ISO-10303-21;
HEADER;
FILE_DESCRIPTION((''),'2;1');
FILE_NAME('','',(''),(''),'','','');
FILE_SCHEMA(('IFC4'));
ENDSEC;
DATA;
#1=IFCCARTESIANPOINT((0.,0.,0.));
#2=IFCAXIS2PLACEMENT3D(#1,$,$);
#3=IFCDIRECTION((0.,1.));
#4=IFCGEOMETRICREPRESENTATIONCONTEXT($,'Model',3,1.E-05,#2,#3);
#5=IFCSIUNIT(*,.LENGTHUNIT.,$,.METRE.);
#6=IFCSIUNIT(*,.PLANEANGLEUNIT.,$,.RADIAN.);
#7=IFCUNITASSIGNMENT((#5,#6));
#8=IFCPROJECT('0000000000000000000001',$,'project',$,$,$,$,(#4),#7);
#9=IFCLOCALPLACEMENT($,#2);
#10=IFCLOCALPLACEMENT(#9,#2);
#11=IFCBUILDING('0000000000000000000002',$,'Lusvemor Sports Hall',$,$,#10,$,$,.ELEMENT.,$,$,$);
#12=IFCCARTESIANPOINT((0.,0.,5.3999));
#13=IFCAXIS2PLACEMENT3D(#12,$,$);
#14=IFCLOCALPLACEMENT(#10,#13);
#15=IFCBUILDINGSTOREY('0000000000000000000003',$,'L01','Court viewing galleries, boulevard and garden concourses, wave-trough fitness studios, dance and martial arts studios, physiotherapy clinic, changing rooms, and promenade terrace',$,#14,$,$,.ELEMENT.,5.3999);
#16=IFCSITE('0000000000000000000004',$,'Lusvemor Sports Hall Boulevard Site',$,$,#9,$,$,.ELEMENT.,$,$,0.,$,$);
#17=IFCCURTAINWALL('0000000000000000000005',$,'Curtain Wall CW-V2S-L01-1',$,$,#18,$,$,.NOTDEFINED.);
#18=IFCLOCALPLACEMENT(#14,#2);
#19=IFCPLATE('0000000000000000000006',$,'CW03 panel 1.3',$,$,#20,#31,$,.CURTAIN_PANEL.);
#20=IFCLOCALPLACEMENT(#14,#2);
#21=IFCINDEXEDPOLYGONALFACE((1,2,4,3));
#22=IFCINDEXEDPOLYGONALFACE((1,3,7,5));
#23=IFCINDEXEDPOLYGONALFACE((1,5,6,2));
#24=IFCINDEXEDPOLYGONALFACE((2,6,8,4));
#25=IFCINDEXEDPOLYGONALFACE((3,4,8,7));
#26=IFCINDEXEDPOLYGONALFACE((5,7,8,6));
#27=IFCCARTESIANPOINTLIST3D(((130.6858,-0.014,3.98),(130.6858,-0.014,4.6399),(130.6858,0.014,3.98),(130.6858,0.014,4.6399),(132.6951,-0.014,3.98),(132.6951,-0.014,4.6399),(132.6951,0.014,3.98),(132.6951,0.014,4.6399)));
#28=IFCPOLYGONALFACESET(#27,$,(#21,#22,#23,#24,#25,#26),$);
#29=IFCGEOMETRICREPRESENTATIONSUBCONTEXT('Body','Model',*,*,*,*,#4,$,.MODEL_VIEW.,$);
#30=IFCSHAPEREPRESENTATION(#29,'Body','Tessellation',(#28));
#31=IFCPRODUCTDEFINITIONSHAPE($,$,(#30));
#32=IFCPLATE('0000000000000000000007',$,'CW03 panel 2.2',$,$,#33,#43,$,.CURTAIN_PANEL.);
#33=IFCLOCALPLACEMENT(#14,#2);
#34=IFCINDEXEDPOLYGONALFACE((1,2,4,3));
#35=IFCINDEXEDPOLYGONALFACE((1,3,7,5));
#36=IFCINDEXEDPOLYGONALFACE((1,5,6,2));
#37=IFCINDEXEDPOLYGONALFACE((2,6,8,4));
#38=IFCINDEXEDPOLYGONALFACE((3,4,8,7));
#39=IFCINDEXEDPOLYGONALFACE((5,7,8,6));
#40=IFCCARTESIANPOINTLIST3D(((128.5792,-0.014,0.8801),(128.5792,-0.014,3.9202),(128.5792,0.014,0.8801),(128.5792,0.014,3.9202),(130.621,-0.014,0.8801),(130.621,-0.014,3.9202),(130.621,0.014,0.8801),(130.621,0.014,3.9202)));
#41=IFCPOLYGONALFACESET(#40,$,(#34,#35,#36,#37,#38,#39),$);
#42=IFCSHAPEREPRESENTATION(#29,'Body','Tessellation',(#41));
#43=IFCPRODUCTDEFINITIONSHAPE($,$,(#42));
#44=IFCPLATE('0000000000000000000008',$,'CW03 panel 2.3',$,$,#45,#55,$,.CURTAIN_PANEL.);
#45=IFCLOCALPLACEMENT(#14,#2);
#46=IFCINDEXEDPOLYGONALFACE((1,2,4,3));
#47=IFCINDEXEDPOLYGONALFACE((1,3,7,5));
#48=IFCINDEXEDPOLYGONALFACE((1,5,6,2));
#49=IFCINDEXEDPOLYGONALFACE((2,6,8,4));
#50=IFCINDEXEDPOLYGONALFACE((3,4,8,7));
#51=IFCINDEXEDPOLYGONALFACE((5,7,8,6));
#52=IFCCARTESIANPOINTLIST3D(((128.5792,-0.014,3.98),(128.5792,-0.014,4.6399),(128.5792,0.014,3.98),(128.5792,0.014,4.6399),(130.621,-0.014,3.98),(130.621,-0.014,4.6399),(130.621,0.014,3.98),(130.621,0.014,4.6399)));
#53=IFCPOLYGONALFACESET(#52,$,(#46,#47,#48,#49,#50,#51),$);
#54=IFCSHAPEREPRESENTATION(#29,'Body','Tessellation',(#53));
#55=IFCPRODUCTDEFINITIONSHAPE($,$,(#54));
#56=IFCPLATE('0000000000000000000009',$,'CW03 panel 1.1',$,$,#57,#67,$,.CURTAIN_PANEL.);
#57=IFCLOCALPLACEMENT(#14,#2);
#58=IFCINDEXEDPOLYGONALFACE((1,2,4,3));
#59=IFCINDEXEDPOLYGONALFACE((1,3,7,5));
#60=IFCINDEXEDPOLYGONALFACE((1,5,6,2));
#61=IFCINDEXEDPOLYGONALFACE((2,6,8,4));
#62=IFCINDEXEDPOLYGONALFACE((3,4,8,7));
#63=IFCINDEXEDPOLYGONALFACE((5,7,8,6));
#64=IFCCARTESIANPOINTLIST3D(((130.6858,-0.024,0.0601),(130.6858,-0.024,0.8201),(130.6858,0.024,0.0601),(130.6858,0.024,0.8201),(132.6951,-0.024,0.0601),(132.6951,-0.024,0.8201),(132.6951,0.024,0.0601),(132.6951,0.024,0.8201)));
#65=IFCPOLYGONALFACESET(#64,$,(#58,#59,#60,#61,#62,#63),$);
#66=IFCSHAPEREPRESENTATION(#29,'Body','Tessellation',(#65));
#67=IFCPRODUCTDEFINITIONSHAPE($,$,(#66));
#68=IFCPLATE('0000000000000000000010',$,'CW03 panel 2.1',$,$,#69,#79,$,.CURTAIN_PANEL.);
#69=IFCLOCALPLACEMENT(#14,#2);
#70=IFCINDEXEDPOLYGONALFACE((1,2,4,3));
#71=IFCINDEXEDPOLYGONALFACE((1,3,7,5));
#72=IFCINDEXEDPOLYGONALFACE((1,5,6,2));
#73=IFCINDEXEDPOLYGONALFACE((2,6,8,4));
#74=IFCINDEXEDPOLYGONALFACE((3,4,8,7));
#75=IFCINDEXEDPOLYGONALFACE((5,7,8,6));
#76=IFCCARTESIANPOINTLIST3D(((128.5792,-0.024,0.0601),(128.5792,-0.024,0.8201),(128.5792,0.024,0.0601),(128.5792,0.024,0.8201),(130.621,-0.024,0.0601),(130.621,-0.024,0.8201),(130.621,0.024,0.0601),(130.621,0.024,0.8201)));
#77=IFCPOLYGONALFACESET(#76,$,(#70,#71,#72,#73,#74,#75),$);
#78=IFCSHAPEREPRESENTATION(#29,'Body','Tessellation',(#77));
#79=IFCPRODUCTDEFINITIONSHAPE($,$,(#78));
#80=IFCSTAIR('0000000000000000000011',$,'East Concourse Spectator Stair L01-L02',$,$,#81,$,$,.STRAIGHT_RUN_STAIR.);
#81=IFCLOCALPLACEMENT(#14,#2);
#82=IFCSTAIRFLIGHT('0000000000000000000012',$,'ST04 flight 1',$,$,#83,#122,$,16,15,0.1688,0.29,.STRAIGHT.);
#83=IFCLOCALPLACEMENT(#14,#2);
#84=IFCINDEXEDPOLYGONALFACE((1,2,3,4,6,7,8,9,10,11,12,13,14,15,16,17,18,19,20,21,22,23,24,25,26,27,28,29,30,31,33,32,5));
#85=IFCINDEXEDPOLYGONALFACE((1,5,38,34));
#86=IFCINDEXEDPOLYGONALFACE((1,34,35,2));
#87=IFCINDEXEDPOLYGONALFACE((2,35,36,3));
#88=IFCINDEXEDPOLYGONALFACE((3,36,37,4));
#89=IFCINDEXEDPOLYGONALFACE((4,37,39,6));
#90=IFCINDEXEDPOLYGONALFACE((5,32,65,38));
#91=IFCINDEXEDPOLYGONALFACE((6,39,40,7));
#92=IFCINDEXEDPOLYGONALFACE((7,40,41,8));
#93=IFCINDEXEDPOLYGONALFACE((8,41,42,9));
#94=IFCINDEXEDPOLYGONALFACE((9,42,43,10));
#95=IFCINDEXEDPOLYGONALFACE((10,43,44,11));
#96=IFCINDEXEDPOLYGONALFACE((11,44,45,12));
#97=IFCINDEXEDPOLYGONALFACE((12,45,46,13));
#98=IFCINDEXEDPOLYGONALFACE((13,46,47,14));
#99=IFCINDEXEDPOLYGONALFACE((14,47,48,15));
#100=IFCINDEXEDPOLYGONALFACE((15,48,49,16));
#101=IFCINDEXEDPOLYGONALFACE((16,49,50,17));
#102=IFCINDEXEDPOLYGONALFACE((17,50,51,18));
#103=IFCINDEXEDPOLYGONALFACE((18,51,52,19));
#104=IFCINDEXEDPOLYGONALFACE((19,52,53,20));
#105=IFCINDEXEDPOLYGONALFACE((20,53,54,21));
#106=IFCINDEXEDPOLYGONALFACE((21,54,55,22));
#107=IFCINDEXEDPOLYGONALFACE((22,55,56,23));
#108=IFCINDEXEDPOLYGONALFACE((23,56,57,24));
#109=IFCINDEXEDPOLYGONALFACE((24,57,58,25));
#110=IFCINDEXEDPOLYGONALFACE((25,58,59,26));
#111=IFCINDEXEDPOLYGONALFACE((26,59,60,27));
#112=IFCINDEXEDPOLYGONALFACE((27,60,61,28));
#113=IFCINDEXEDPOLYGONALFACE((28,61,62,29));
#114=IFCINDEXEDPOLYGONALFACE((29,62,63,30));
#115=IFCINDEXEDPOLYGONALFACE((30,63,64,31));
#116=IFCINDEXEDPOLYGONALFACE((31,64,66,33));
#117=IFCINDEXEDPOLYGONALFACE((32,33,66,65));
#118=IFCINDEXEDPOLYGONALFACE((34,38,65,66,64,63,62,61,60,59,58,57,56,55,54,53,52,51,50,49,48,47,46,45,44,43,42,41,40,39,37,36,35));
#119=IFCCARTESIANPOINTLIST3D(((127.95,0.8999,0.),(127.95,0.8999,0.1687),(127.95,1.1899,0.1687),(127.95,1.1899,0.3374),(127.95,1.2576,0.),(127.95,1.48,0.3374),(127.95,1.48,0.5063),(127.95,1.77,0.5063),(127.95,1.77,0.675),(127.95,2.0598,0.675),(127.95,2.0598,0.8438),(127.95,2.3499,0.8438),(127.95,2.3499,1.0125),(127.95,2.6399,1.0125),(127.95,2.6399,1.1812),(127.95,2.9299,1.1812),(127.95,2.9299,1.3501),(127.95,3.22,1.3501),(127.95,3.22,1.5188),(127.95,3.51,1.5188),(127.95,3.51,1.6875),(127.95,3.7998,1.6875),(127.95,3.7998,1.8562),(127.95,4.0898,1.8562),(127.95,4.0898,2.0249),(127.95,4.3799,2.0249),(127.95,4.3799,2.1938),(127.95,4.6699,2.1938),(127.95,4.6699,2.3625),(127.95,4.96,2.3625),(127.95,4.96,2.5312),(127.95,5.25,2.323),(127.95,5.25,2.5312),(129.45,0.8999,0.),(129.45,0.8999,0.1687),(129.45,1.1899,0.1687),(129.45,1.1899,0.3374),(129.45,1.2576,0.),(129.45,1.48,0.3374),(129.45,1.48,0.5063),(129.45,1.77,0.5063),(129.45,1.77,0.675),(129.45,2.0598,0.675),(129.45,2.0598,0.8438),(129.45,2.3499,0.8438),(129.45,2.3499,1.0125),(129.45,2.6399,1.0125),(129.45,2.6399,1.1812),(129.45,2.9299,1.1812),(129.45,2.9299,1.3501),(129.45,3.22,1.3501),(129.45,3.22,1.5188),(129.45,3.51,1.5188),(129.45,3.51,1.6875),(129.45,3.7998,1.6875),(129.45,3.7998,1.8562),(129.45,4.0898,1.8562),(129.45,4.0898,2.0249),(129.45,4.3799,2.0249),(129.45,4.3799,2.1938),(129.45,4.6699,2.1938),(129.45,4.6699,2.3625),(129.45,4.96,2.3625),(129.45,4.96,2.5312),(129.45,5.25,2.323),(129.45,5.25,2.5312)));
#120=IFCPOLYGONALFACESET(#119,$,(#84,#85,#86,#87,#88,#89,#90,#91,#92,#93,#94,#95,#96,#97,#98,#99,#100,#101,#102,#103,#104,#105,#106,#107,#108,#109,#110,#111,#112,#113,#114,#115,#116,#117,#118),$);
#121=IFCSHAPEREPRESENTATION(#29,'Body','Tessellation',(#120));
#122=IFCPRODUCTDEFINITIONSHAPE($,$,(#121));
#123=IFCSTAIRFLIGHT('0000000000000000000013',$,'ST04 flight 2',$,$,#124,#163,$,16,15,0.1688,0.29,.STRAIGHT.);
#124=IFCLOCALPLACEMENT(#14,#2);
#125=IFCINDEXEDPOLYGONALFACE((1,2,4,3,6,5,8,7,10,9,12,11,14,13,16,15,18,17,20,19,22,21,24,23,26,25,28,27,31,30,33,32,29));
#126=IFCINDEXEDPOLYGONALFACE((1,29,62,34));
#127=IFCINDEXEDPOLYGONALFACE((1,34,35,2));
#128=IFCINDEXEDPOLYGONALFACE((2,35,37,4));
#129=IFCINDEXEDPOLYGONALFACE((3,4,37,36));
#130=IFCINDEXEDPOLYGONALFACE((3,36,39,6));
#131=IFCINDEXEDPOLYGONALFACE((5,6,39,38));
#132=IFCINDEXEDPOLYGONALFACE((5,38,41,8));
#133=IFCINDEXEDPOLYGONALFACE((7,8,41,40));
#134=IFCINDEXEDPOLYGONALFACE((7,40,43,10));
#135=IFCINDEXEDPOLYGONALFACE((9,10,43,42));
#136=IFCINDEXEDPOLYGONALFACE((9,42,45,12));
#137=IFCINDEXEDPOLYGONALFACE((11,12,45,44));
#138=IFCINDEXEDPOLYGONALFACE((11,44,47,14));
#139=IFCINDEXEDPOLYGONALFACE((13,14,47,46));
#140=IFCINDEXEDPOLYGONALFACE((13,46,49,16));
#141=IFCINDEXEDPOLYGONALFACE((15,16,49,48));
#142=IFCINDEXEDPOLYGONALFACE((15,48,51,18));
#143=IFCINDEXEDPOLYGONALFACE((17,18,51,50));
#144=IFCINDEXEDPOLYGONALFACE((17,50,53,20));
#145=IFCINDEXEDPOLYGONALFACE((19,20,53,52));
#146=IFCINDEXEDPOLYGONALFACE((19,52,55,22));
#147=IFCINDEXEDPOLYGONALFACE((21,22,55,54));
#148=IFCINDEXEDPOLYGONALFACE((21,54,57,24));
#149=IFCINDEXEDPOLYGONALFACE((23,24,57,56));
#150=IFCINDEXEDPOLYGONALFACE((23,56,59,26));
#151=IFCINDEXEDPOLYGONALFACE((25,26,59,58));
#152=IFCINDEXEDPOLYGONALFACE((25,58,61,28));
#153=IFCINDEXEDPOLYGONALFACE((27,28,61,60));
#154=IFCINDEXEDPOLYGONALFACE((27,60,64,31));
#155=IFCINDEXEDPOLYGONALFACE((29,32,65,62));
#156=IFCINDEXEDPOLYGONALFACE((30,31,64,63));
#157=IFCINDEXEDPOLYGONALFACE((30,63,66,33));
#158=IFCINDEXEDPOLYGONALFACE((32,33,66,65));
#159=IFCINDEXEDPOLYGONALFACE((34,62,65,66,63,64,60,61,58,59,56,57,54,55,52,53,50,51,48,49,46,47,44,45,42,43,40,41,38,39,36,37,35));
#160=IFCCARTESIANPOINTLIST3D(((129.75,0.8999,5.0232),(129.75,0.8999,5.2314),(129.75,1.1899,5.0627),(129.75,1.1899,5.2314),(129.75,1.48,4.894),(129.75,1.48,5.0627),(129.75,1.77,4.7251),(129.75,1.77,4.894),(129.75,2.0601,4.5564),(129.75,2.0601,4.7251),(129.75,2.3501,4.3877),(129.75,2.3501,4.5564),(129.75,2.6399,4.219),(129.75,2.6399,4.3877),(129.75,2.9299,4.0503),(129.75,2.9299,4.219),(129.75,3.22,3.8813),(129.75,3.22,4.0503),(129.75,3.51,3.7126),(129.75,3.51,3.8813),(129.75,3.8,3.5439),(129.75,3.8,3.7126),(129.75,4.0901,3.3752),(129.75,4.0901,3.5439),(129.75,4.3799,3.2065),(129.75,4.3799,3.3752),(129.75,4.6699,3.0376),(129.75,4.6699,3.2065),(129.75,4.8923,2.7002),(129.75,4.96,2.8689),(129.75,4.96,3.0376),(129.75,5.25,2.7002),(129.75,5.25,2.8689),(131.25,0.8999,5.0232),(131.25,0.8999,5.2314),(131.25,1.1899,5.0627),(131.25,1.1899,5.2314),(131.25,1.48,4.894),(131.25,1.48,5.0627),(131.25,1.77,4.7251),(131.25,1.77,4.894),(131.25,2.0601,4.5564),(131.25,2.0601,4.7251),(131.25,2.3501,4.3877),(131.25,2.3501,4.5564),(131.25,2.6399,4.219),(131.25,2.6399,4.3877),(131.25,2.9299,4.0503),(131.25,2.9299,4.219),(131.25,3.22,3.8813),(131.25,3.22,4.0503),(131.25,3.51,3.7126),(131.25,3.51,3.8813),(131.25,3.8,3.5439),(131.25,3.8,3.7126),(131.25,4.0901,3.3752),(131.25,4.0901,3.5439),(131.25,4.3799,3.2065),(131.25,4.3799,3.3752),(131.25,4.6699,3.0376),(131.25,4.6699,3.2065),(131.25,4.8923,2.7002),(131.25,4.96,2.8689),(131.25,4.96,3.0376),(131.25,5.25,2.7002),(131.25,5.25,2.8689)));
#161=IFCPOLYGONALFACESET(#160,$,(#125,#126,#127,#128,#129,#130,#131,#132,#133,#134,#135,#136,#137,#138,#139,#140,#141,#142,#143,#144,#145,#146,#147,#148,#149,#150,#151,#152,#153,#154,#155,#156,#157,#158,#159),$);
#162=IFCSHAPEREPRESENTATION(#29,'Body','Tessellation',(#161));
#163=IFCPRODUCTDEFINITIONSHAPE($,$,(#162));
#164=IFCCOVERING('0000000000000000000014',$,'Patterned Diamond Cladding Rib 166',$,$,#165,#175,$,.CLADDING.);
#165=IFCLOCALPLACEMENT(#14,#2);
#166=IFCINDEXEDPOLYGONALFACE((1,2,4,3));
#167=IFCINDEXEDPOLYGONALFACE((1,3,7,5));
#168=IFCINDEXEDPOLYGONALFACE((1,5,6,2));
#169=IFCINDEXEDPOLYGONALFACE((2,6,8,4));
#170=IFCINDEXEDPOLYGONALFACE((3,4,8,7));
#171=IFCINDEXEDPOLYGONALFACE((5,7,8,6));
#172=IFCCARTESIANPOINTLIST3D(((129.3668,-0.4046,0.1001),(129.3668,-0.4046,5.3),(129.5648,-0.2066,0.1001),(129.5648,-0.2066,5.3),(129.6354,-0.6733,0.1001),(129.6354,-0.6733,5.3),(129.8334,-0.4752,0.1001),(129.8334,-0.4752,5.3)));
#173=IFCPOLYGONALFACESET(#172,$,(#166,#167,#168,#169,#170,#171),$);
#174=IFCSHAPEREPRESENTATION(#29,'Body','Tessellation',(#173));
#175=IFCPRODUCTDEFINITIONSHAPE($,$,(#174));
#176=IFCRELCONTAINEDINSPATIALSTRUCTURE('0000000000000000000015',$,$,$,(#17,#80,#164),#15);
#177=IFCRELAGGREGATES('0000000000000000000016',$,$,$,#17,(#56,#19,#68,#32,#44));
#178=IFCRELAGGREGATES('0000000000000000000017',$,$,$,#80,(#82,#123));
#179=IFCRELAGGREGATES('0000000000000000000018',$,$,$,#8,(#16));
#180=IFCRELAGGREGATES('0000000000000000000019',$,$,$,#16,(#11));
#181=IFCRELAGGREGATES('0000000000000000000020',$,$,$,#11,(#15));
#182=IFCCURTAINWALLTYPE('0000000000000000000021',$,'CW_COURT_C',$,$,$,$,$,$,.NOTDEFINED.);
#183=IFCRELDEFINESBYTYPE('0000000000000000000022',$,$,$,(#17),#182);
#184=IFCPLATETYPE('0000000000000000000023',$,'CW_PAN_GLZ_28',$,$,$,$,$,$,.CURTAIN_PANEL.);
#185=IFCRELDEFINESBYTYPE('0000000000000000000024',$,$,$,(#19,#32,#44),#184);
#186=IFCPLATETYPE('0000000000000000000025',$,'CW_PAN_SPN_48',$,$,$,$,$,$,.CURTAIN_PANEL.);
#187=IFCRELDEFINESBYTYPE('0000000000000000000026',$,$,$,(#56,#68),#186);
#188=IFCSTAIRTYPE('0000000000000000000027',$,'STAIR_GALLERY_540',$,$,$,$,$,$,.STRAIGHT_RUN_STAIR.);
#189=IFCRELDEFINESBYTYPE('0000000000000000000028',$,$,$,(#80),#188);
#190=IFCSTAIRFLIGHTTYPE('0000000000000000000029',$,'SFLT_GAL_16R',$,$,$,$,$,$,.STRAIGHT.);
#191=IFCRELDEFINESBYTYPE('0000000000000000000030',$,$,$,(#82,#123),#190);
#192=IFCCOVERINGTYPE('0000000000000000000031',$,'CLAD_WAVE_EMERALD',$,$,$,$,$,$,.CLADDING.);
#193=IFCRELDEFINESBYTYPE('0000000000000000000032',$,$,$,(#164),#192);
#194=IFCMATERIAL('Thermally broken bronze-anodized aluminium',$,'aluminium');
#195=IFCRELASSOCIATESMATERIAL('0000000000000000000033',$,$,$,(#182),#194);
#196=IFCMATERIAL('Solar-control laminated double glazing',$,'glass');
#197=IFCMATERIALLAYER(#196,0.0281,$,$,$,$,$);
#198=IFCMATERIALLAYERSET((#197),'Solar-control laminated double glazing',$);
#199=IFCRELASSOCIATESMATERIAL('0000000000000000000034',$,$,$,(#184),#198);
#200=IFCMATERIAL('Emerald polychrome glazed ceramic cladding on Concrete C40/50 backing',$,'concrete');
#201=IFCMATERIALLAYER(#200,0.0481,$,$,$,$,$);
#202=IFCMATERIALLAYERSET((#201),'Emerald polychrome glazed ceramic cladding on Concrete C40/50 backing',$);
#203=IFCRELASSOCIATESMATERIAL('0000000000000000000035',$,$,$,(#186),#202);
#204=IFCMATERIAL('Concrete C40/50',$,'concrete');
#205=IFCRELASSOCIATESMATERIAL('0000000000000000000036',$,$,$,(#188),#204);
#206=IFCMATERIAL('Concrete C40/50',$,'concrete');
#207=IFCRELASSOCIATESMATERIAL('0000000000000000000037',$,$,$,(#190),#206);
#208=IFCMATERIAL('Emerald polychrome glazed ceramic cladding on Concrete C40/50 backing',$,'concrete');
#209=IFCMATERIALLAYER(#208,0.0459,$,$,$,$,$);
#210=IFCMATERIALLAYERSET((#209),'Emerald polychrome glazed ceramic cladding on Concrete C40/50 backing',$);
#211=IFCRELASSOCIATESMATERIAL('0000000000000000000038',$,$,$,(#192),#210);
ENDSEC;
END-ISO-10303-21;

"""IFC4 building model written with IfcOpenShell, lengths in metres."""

from ifc_helpers import new_model, si_unit, direction, frame, origin, origin_2d, place, context, subcontext, project, spatial, polyline, rectangle, outline, extrude, material, layer, layer_set, type_object, element, aggregate, save


model = new_model("IFC4")

# Units and contexts
model_context = context("Model", 3, precision=1e-05, world=origin(), true_north=direction((0.0, 1.0)))
body_context = subcontext(model_context, "Body", "Model", "MODEL_VIEW")
ifc_project = project(units=[si_unit("LENGTHUNIT", "METRE"), si_unit("PLANEANGLEUNIT", "RADIAN")], contexts=[model_context])

# Site, building, storey
site_placement = place(None, origin())
site = spatial("IfcSite", under=ifc_project, at=site_placement, Name="Lusvemor Sports Hall Boulevard Site", CompositionType="ELEMENT", RefElevation=0.0)
building_placement = place(site_placement, origin())
building = spatial("IfcBuilding", under=site, at=building_placement, Name="Lusvemor Sports Hall", CompositionType="ELEMENT")
storey_placement = place(building_placement, frame((0.0, 0.0, 5.3999)))
storey = spatial("IfcBuildingStorey", under=building, at=storey_placement, Name="L01", Description="Court viewing galleries, boulevard and garden concourses, wave-trough fitness studios, dance and martial arts studios, physiotherapy clinic, changing rooms, and promenade terrace", CompositionType="ELEMENT", Elevation=5.3999)

# Curtain wall
ifc_material_1 = material(Name="Thermally broken bronze-anodized aluminium", Category="aluminium")
curtain_wall_type = type_object("IfcCurtainWallType", Name="CW_COURT_C", PredefinedType="NOTDEFINED", material=ifc_material_1)
curtain_wall_placement = place(storey_placement, origin())
curtain_wall = element("IfcCurtainWall", 1, at=curtain_wall_placement, inside=storey, type_object=curtain_wall_type, Name="Curtain Wall CW-V2S-L01-1", PredefinedType="NOTDEFINED")

# Plates
ifc_material_2 = material(Name="Solar-control laminated double glazing", Category="glass")
ifc_layer_1 = layer(ifc_material_2, 0.0281)
ifc_layer_set_1 = layer_set([ifc_layer_1], Name="Solar-control laminated double glazing")
plate_type_1 = type_object("IfcPlateType", Name="CW_PAN_GLZ_28", PredefinedType="CURTAIN_PANEL", material=ifc_layer_set_1)
plate_1_placement = place(storey_placement, frame((131.6904, 0.0, 3.98), z_axis=(0.0, 0.0, 1.0), x_axis=(-1.0, 0.0, 0.0)))
plate_1 = element("IfcPlate", 2, at=plate_1_placement, type_object=plate_type_1, Name="CW03 panel 1.3", PredefinedType="CURTAIN_PANEL", context=body_context, shape_type="SweptSolid", body=[
    extrude(rectangle(XDim=2.0093, YDim=0.0281, at=origin_2d()), origin(), (0.0, 0.0, 1.0), 0.6599),
])
plate_2_placement = place(storey_placement, frame((129.6001, 0.0, 0.8801), z_axis=(0.0, 0.0, 1.0), x_axis=(-1.0, 0.0, 0.0)))
plate_2 = element("IfcPlate", 3, at=plate_2_placement, type_object=plate_type_1, Name="CW03 panel 2.2", PredefinedType="CURTAIN_PANEL", context=body_context, shape_type="SweptSolid", body=[
    extrude(rectangle(XDim=2.0417, YDim=0.0281, at=origin_2d()), origin(), (0.0, 0.0, 1.0), 3.04),
])
plate_3_placement = place(storey_placement, frame((129.6001, 0.0, 3.98), z_axis=(0.0, 0.0, 1.0), x_axis=(-1.0, 0.0, 0.0)))
plate_3 = element("IfcPlate", 4, at=plate_3_placement, type_object=plate_type_1, Name="CW03 panel 2.3", PredefinedType="CURTAIN_PANEL", context=body_context, shape_type="SweptSolid", body=[
    extrude(rectangle(XDim=2.0417, YDim=0.0281, at=origin_2d()), origin(), (0.0, 0.0, 1.0), 0.6599),
])
ifc_material_3 = material(Name="Emerald polychrome glazed ceramic cladding on Concrete C40/50 backing", Category="concrete")
ifc_layer_2 = layer(ifc_material_3, 0.0481)
ifc_layer_set_2 = layer_set([ifc_layer_2], Name="Emerald polychrome glazed ceramic cladding on Concrete C40/50 backing")
plate_type_2 = type_object("IfcPlateType", Name="CW_PAN_SPN_48", PredefinedType="CURTAIN_PANEL", material=ifc_layer_set_2)
plate_4_placement = place(storey_placement, frame((131.6904, 0.0, 0.0601), z_axis=(0.0, 0.0, 1.0), x_axis=(-1.0, 0.0, 0.0)))
plate_4 = element("IfcPlate", 5, at=plate_4_placement, type_object=plate_type_2, Name="CW03 panel 1.1", PredefinedType="CURTAIN_PANEL", context=body_context, shape_type="SweptSolid", body=[
    extrude(rectangle(XDim=2.0093, YDim=0.0481, at=origin_2d()), origin(), (0.0, 0.0, 1.0), 0.76),
])
plate_5_placement = place(storey_placement, frame((129.6001, 0.0, 0.0601), z_axis=(0.0, 0.0, 1.0), x_axis=(-1.0, 0.0, 0.0)))
plate_5 = element("IfcPlate", 6, at=plate_5_placement, type_object=plate_type_2, Name="CW03 panel 2.1", PredefinedType="CURTAIN_PANEL", context=body_context, shape_type="SweptSolid", body=[
    extrude(rectangle(XDim=2.0417, YDim=0.0481, at=origin_2d()), origin(), (0.0, 0.0, 1.0), 0.76),
])
aggregate(curtain_wall, [plate_4, plate_1, plate_5, plate_2, plate_3])

# Stair, stair flights
ifc_material_4 = material(Name="Concrete C40/50", Category="concrete")
stair_type = type_object("IfcStairType", Name="STAIR_GALLERY_540", PredefinedType="STRAIGHT_RUN_STAIR", material=ifc_material_4)
stair_placement = place(storey_placement, origin())
stair = element("IfcStair", 7, at=stair_placement, inside=storey, type_object=stair_type, Name="East Concourse Spectator Stair L01-L02", PredefinedType="STRAIGHT_RUN_STAIR")
ifc_material_5 = material(Name="Concrete C40/50", Category="concrete")
stair_flight_type = type_object("IfcStairFlightType", Name="SFLT_GAL_16R", PredefinedType="STRAIGHT", material=ifc_material_5)
stair_flight_1_placement = place(storey_placement, frame((128.7, 0.8999, 0.0), z_axis=(0.0, 0.0, 1.0), x_axis=(0.0, 1.0, 0.0)))
stair_flight_1 = element("IfcStairFlight", 8, at=stair_flight_1_placement, type_object=stair_flight_type, Name="ST04 flight 1", NumberOfRisers=16, NumberOfTreads=15, PredefinedType="STRAIGHT", RiserHeight=0.1688, TreadLength=0.29, context=body_context, shape_type="SweptSolid", body=[
    extrude(outline(polyline([(0.0, 0.0), (0.0, 0.1687), (0.29, 0.1687), (0.29, 0.3374), (0.5801, 0.3374), (0.5801, 0.5063), (0.8701, 0.5063), (0.8701, 0.675), (1.1599, 0.675), (1.1599, 0.8438), (1.45, 0.8438), (1.45, 1.0125), (1.74, 1.0125), (1.74, 1.1812), (2.03, 1.1812), (2.03, 1.3501), (2.3201, 1.3501), (2.3201, 1.5188), (2.6101, 1.5188), (2.6101, 1.6875), (2.8999, 1.6875), (2.8999, 1.8562), (3.1899, 1.8562), (3.1899, 2.0249), (3.48, 2.0249), (3.48, 2.1938), (3.77, 2.1938), (3.77, 2.3625), (4.0601, 2.3625), (4.0601, 2.5312), (4.3501, 2.5312), (4.3501, 2.7), (4.3501, 2.323), (0.3577, 0.0), (0.0, 0.0)])), frame((0.0, 0.75, 0.0), z_axis=(0.0, -1.0, 0.0), x_axis=(1.0, 0.0, 0.0)), (0.0, 0.0, 1.0), 1.5),
])
stair_flight_2_placement = place(storey_placement, frame((130.5, 5.25, 2.7002), z_axis=(0.0, 0.0, 1.0), x_axis=(0.0, -1.0, 0.0)))
stair_flight_2 = element("IfcStairFlight", 9, at=stair_flight_2_placement, type_object=stair_flight_type, Name="ST04 flight 2", NumberOfRisers=16, NumberOfTreads=15, PredefinedType="STRAIGHT", RiserHeight=0.1688, TreadLength=0.29, context=body_context, shape_type="SweptSolid", body=[
    extrude(outline(polyline([(0.0, 0.0), (0.0, 0.1687), (0.29, 0.1687), (0.29, 0.3374), (0.5801, 0.3374), (0.5801, 0.5063), (0.8701, 0.5063), (0.8701, 0.675), (1.1599, 0.675), (1.1599, 0.8438), (1.45, 0.8438), (1.45, 1.0125), (1.74, 1.0125), (1.74, 1.1812), (2.03, 1.1812), (2.03, 1.3501), (2.3201, 1.3501), (2.3201, 1.5188), (2.6101, 1.5188), (2.6101, 1.6875), (2.8999, 1.6875), (2.8999, 1.8562), (3.1899, 1.8562), (3.1899, 2.0249), (3.48, 2.0249), (3.48, 2.1938), (3.77, 2.1938), (3.77, 2.3625), (4.0601, 2.3625), (4.0601, 2.5312), (4.3501, 2.5312), (4.3501, 2.7), (4.3501, 2.323), (0.3577, 0.0), (0.0, 0.0)])), frame((0.0, 0.75, 0.0), z_axis=(0.0, -1.0, 0.0), x_axis=(1.0, 0.0, 0.0)), (0.0, 0.0, 1.0), 1.5),
])
aggregate(stair, [stair_flight_1, stair_flight_2])

# Covering
ifc_material_6 = material(Name="Emerald polychrome glazed ceramic cladding on Concrete C40/50 backing", Category="concrete")
ifc_layer_3 = layer(ifc_material_6, 0.0459)
ifc_layer_set_3 = layer_set([ifc_layer_3], Name="Emerald polychrome glazed ceramic cladding on Concrete C40/50 backing")
covering_type_1 = type_object("IfcCoveringType", Name="CLAD_WAVE_EMERALD", PredefinedType="CLADDING", material=ifc_layer_set_3)
covering_1_placement = place(storey_placement, frame((129.6001, -0.4399, 0.1001), z_axis=(0.0, 0.0, 1.0), x_axis=(0.707107, 0.707107, 0.0)))
element("IfcCovering", 10, at=covering_1_placement, inside=storey, type_object=covering_type_1, Name="Patterned Diamond Cladding Rib 166", PredefinedType="CLADDING", context=body_context, shape_type="SweptSolid", body=[
    extrude(rectangle(XDim=0.28, YDim=0.3799, at=origin_2d()), origin(), (0.0, 0.0, 1.0), 5.2),
])

save(model, "model.ifc")
